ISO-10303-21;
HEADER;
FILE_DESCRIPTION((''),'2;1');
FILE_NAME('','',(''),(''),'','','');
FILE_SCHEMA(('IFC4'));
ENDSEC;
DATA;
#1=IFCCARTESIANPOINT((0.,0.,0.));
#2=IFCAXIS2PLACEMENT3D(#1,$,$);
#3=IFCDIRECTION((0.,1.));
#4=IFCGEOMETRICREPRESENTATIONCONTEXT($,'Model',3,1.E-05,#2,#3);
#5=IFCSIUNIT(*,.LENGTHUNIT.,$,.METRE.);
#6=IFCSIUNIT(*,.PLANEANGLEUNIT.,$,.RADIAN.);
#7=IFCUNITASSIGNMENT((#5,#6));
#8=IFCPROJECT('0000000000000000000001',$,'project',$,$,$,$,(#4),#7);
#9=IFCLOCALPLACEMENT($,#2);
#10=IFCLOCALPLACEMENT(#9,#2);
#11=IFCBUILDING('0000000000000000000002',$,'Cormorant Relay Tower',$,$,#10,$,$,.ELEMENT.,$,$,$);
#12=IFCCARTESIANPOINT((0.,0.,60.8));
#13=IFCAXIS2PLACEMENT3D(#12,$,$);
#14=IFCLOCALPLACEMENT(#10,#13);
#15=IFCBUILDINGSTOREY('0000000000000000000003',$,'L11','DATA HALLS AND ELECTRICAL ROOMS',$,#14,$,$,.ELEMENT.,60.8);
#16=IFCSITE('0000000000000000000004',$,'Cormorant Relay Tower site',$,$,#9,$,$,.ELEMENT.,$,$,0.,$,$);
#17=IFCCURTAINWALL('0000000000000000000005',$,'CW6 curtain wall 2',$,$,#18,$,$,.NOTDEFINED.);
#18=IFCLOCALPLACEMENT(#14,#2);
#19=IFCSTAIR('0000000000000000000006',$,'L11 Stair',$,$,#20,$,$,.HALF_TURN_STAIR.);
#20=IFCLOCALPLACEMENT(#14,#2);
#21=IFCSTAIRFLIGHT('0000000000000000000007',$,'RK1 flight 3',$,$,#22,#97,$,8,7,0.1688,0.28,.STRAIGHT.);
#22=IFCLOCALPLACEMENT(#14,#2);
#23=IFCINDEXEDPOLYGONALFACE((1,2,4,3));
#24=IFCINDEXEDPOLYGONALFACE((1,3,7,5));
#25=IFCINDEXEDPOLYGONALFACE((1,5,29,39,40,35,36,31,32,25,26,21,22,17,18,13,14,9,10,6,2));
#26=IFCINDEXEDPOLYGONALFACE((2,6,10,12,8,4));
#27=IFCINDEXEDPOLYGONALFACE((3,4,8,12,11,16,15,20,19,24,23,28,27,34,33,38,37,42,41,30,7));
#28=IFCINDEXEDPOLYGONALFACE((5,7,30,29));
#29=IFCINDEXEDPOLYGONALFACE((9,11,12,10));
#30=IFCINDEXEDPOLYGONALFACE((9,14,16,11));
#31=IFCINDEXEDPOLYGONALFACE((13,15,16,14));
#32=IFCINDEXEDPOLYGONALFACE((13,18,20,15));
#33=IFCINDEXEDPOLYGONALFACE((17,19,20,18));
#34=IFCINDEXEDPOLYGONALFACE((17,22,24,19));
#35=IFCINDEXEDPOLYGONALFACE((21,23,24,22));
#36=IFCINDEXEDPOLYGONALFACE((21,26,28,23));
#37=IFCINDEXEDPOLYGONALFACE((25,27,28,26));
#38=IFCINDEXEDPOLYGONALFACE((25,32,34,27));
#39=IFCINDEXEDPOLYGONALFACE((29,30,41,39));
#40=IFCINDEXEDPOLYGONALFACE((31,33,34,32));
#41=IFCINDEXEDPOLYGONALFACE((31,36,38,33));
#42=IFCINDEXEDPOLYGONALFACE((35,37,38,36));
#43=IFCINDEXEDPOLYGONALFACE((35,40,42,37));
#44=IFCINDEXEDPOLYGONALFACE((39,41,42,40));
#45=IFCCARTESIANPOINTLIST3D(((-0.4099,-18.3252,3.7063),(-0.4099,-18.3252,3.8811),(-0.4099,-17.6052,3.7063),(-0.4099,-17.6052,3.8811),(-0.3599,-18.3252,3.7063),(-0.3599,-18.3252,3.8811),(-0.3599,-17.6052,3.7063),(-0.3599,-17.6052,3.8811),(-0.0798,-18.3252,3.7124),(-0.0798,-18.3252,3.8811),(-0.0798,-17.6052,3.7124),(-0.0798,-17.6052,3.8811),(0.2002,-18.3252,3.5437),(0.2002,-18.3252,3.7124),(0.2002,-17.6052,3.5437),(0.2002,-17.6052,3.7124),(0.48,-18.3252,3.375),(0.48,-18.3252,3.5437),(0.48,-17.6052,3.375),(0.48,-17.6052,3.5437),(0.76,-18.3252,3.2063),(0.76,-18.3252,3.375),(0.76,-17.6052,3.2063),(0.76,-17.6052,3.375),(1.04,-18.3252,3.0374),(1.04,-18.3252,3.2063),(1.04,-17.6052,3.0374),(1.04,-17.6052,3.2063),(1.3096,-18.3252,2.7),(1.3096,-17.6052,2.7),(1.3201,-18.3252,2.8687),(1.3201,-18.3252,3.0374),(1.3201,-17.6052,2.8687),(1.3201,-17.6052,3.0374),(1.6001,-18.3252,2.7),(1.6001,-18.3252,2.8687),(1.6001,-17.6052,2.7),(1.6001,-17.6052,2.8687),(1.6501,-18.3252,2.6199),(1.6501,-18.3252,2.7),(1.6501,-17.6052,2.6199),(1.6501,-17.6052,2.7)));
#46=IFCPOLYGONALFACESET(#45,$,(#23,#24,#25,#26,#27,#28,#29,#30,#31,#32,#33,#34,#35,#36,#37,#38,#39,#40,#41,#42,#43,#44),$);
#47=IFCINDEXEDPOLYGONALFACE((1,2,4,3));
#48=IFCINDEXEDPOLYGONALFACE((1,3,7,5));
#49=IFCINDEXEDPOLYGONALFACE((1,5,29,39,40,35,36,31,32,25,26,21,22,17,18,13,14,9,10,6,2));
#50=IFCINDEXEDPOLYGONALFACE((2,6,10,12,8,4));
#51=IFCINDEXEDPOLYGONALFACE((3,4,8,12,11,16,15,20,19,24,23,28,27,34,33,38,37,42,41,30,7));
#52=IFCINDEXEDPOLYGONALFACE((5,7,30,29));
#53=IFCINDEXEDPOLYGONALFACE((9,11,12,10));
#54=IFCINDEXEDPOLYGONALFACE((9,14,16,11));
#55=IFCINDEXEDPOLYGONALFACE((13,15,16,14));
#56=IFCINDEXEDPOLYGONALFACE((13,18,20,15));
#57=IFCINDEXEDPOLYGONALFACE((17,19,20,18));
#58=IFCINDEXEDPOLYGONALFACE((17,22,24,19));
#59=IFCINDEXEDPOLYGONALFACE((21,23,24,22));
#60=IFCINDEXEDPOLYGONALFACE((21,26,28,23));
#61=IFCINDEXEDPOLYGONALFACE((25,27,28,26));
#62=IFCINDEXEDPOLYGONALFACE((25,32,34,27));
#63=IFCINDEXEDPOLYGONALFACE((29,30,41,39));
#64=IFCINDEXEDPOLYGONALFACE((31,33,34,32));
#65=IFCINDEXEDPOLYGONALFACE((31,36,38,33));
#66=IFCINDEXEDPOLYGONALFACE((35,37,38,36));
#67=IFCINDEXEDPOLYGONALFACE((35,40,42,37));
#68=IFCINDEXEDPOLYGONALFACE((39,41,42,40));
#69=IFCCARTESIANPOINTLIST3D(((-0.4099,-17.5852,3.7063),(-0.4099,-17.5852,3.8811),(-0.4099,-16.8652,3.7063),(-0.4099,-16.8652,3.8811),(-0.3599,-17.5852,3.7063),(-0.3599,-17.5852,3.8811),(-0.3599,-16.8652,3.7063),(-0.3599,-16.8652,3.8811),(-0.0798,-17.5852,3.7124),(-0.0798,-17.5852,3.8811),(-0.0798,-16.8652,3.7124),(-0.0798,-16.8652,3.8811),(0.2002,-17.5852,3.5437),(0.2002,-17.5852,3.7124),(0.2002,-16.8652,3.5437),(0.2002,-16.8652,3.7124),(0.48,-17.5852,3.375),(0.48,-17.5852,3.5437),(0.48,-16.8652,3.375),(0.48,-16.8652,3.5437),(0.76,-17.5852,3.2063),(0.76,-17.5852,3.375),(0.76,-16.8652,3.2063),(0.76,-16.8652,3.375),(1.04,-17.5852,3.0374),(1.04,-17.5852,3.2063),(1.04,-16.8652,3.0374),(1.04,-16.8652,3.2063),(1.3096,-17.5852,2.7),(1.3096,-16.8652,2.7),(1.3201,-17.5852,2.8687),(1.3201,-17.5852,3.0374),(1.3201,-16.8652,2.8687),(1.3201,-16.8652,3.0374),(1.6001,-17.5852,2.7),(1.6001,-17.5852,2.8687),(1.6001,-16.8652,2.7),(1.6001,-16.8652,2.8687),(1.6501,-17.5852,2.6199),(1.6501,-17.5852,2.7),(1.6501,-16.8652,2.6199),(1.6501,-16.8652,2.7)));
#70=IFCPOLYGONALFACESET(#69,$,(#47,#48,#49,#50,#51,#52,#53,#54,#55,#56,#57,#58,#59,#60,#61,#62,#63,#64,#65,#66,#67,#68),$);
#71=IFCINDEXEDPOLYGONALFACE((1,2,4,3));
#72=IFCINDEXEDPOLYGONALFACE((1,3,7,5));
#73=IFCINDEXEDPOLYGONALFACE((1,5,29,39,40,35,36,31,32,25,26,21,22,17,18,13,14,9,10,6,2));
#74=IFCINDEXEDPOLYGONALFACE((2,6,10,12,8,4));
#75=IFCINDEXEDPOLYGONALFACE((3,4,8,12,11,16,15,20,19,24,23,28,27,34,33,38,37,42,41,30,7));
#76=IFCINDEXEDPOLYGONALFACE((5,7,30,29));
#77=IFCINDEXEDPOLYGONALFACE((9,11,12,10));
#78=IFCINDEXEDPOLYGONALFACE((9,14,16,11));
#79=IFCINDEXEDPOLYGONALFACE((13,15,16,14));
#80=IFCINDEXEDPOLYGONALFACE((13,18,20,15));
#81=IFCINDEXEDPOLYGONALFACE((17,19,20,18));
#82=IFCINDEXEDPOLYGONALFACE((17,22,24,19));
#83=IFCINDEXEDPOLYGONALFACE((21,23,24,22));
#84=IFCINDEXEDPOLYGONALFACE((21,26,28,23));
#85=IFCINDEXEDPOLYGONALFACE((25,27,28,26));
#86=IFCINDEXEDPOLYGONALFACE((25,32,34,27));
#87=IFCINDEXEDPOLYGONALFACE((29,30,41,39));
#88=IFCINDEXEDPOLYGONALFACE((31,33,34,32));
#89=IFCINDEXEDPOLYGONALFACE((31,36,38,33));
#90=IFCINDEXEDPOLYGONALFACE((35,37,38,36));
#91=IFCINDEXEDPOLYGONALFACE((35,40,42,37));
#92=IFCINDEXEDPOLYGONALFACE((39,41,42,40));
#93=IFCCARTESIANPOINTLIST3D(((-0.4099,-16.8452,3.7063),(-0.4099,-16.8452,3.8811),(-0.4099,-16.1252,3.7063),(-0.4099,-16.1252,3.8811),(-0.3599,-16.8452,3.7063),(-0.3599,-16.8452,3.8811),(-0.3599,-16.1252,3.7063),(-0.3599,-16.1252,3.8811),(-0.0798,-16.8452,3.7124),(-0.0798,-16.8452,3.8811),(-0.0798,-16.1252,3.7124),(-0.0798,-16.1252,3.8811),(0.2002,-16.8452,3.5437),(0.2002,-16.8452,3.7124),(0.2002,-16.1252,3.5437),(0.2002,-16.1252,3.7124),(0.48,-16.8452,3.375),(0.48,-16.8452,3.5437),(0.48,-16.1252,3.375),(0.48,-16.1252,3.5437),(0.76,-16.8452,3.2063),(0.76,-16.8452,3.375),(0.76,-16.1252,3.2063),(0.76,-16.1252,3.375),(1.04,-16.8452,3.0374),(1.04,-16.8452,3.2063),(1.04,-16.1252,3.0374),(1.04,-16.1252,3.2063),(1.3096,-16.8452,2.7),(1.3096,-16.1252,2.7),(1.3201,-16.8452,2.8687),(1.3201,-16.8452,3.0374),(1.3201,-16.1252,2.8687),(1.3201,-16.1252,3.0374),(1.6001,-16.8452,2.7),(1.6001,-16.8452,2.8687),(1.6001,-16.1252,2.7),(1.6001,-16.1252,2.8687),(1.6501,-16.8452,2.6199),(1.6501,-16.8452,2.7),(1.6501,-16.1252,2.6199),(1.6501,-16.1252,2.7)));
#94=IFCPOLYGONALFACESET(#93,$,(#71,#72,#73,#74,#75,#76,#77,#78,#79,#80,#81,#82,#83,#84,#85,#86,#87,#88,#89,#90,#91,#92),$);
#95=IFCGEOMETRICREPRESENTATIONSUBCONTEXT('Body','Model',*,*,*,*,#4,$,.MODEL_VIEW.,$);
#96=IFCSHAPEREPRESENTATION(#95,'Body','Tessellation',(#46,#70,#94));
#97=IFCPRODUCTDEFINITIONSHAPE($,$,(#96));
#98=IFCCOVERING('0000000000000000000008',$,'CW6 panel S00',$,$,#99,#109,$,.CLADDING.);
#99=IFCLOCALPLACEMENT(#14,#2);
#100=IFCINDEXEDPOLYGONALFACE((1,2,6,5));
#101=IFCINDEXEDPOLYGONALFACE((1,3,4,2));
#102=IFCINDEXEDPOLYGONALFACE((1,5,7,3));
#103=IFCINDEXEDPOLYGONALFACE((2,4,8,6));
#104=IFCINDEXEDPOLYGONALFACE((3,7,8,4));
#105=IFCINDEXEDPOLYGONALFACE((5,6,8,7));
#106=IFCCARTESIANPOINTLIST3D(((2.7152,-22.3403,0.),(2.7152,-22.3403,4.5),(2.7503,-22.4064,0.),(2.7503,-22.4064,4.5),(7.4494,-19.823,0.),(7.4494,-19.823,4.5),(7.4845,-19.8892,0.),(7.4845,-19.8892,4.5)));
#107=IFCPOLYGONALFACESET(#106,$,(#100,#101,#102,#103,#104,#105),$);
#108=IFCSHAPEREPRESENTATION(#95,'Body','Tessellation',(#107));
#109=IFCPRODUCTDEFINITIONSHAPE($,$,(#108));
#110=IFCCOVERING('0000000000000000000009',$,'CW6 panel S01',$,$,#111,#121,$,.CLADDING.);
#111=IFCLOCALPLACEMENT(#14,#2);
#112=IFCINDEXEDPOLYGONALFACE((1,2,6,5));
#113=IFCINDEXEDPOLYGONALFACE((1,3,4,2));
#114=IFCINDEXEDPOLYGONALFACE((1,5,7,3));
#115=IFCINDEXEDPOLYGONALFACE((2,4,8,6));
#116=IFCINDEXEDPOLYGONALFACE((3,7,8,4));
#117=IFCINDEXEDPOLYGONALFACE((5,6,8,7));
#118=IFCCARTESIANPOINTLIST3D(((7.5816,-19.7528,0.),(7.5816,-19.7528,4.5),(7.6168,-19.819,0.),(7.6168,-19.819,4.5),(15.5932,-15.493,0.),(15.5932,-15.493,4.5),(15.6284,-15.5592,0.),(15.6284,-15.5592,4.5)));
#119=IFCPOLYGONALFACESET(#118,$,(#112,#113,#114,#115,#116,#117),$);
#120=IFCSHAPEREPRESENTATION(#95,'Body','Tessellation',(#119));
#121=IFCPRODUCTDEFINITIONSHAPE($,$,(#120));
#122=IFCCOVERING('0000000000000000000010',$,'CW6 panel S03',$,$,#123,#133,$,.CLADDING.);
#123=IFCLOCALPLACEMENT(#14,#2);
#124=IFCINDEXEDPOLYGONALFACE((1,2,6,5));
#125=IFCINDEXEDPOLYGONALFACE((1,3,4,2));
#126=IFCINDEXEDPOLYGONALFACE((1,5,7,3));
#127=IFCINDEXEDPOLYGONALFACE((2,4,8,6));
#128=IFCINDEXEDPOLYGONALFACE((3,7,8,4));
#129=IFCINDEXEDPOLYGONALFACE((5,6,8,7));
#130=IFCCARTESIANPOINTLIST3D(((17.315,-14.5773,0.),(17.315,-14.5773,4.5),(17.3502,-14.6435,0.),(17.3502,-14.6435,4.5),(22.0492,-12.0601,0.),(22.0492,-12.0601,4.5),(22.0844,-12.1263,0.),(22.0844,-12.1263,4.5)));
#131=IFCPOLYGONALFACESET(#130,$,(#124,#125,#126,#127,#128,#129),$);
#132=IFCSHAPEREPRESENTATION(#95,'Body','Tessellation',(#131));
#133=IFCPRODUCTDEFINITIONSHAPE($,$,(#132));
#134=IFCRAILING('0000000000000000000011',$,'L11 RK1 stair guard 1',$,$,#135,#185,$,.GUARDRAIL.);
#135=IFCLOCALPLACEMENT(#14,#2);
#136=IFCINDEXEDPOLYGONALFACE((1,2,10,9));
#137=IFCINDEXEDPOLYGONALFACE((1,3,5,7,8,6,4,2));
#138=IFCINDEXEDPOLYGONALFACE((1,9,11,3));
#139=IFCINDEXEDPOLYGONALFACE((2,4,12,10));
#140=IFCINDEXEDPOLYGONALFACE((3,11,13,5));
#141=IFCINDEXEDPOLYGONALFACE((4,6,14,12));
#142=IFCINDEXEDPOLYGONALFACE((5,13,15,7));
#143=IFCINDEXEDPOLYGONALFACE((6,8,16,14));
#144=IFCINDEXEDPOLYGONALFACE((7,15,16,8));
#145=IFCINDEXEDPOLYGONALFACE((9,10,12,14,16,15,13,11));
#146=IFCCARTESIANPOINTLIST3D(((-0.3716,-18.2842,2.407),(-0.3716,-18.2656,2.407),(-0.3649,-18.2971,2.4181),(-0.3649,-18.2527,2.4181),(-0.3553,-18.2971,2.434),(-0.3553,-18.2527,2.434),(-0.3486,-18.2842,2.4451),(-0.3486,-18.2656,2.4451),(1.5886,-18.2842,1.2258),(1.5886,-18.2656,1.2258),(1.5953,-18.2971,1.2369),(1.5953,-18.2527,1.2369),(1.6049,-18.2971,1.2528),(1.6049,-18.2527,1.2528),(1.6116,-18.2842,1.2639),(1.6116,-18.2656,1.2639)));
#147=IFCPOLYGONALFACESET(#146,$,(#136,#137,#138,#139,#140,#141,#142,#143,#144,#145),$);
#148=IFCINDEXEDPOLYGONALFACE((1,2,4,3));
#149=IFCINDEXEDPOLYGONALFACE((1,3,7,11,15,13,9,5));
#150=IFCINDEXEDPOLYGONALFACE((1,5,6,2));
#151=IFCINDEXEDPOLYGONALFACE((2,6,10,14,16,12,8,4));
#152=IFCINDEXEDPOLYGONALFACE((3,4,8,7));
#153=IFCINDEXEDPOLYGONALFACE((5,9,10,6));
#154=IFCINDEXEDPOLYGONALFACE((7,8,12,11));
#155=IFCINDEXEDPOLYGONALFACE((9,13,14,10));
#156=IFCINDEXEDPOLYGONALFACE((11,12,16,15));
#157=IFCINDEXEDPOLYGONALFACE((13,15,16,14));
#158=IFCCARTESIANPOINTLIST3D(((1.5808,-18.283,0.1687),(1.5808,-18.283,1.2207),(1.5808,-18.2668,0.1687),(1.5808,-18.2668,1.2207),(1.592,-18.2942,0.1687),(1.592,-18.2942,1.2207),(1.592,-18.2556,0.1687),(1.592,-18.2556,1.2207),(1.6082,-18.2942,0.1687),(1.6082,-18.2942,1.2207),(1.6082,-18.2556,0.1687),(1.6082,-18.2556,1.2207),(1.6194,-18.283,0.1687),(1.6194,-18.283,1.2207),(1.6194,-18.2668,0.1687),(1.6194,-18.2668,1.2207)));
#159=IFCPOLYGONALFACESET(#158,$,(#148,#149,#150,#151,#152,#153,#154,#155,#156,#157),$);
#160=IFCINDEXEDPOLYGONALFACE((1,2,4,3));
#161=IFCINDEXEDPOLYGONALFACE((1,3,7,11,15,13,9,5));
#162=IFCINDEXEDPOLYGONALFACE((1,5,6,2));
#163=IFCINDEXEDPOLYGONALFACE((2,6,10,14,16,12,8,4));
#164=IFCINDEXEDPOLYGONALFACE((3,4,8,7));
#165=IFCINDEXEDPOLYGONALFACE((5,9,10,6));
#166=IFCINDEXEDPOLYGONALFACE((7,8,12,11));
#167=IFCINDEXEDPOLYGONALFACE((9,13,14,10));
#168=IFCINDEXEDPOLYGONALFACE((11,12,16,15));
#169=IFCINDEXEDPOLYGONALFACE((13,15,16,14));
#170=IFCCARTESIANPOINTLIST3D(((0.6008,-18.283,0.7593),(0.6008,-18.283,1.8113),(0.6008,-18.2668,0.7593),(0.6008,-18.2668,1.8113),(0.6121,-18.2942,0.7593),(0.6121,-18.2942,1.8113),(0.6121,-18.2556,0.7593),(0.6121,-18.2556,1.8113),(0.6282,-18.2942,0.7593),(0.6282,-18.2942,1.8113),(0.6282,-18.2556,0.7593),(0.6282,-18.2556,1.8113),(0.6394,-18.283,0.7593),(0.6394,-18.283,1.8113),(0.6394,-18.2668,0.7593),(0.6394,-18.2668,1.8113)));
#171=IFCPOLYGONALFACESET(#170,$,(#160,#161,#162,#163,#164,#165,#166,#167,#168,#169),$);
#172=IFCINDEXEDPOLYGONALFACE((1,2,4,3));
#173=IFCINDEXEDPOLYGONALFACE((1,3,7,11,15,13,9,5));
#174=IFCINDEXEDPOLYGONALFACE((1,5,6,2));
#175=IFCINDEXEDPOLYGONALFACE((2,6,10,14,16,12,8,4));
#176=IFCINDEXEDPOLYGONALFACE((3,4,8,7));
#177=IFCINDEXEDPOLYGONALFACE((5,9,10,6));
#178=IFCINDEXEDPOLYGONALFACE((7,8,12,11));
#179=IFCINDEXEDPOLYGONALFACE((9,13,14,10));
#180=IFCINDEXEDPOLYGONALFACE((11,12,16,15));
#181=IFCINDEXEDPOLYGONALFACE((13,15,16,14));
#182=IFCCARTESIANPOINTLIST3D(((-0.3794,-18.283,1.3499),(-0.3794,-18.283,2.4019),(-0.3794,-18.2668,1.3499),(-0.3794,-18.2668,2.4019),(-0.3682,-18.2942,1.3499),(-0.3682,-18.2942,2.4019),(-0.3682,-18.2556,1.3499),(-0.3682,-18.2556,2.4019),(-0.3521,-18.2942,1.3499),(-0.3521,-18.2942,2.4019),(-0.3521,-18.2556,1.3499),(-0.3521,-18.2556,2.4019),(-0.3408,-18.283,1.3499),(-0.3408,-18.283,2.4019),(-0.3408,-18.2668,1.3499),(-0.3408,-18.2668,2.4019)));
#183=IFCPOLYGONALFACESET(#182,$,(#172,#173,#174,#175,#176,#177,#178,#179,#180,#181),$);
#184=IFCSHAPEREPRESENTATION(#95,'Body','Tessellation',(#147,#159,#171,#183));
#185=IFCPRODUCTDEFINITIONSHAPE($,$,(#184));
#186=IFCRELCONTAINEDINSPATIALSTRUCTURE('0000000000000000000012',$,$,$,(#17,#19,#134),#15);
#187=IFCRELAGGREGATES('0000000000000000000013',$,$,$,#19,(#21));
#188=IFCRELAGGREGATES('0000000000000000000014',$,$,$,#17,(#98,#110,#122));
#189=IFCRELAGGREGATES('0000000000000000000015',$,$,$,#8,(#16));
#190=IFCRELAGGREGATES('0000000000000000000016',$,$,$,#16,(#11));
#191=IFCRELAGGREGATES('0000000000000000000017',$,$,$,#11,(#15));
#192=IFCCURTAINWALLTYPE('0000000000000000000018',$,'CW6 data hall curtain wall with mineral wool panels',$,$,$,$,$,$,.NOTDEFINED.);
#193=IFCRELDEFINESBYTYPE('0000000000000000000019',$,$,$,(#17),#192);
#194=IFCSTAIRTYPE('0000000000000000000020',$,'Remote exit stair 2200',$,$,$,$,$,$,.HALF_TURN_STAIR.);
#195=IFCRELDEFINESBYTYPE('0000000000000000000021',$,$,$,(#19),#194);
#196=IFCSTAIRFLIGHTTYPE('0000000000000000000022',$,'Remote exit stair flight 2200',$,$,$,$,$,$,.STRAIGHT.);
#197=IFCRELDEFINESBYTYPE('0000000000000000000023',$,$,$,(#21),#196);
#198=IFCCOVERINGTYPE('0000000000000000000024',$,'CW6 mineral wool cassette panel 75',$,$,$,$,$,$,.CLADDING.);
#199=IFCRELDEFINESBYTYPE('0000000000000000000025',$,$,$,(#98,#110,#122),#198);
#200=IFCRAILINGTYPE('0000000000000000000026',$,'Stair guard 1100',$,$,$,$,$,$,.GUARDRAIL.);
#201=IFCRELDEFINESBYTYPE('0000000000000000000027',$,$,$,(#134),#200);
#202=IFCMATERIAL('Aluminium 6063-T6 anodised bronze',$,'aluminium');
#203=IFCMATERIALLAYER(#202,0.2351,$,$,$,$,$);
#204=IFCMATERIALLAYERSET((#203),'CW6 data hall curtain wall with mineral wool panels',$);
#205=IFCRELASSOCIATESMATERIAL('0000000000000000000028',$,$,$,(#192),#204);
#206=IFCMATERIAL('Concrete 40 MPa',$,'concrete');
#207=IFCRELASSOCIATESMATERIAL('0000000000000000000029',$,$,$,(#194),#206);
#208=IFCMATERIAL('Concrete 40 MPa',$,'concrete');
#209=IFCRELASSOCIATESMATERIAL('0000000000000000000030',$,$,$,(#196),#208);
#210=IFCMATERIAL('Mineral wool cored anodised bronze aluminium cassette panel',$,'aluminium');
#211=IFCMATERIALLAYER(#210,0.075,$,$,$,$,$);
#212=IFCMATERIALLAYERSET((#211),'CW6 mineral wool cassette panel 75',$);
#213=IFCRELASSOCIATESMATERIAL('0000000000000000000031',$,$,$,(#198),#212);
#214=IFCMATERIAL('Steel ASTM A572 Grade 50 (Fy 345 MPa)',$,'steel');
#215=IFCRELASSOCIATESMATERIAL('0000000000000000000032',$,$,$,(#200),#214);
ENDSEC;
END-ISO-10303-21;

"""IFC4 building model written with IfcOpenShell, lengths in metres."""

from ifc_helpers import new_model, si_unit, direction, frame, origin, origin_2d, place, context, subcontext, project, spatial, polyline, rectangle, outline, extrude, material, layer, layer_set, type_object, element, aggregate, save


model = new_model("IFC4")

# Units and contexts
model_context = context("Model", 3, precision=1e-05, world=origin(), true_north=direction((0.0, 1.0)))
body_context = subcontext(model_context, "Body", "Model", "MODEL_VIEW")
ifc_project = project(units=[si_unit("LENGTHUNIT", "METRE"), si_unit("PLANEANGLEUNIT", "RADIAN")], contexts=[model_context])

# Site, building, storey
site_placement = place(None, origin())
site = spatial("IfcSite", under=ifc_project, at=site_placement, Name="Cormorant Relay Tower site", CompositionType="ELEMENT", RefElevation=0.0)
building_placement = place(site_placement, origin())
building = spatial("IfcBuilding", under=site, at=building_placement, Name="Cormorant Relay Tower", CompositionType="ELEMENT")
storey_placement = place(building_placement, frame((0.0, 0.0, 60.8)))
storey = spatial("IfcBuildingStorey", under=building, at=storey_placement, Name="L11", Description="DATA HALLS AND ELECTRICAL ROOMS", CompositionType="ELEMENT", Elevation=60.8)

# Curtain wall
ifc_material_1 = material(Name="Aluminium 6063-T6 anodised bronze", Category="aluminium")
ifc_layer_1 = layer(ifc_material_1, 0.2351)
ifc_layer_set_1 = layer_set([ifc_layer_1], Name="CW6 data hall curtain wall with mineral wool panels")
curtain_wall_type = type_object("IfcCurtainWallType", Name="CW6 data hall curtain wall with mineral wool panels", PredefinedType="NOTDEFINED", material=ifc_layer_set_1)
curtain_wall_1_placement = place(storey_placement, origin())
curtain_wall_1 = element("IfcCurtainWall", 1, at=curtain_wall_1_placement, inside=storey, type_object=curtain_wall_type, Name="CW6 curtain wall 2", PredefinedType="NOTDEFINED")

# Stair, stair flight
ifc_material_2 = material(Name="Concrete 40 MPa", Category="concrete")
stair_type = type_object("IfcStairType", Name="Remote exit stair 2200", PredefinedType="HALF_TURN_STAIR", material=ifc_material_2)
stair_placement = place(storey_placement, origin())
stair = element("IfcStair", 2, at=stair_placement, inside=storey, type_object=stair_type, Name="L11 Stair", PredefinedType="HALF_TURN_STAIR")
ifc_material_3 = material(Name="Concrete 40 MPa", Category="concrete")
stair_flight_type = type_object("IfcStairFlightType", Name="Remote exit stair flight 2200", PredefinedType="STRAIGHT", material=ifc_material_3)
stair_flight_1_placement = place(storey_placement, frame((1.6001, -17.2251, 2.7), z_axis=(0.0, 0.0, 1.0), x_axis=(-1.0, 0.0, 0.0)))
stair_flight_1 = element("IfcStairFlight", 3, at=stair_flight_1_placement, type_object=stair_flight_type, Name="RK1 flight 3", NumberOfRisers=8, NumberOfTreads=7, PredefinedType="STRAIGHT", RiserHeight=0.1688, TreadLength=0.28, context=body_context, shape_type="SweptSolid", body=[
    extrude(outline(polyline([(-0.05, -0.0801), (-0.05, 0.0), (0.0, 0.0), (0.0, 0.1687), (0.28, 0.1687), (0.28, 0.3374), (0.5601, 0.3374), (0.5601, 0.5063), (0.8401, 0.5063), (0.8401, 0.675), (1.1201, 0.675), (1.1201, 0.8438), (1.3999, 0.8438), (1.3999, 1.0125), (1.6799, 1.0125), (1.6799, 1.1812), (1.96, 1.1812), (2.01, 1.1812), (2.01, 1.0063), (1.96, 1.0063), (0.2905, 0.0), (-0.05, -0.0801)])), frame((0.0, 1.1001, 0.0), z_axis=(0.0, -1.0, 0.0), x_axis=(1.0, 0.0, 0.0)), (0.0, 0.0, 1.0), 0.72),
    extrude(outline(polyline([(-0.05, -0.0801), (-0.05, 0.0), (0.0, 0.0), (0.0, 0.1687), (0.28, 0.1687), (0.28, 0.3374), (0.5601, 0.3374), (0.5601, 0.5063), (0.8401, 0.5063), (0.8401, 0.675), (1.1201, 0.675), (1.1201, 0.8438), (1.3999, 0.8438), (1.3999, 1.0125), (1.6799, 1.0125), (1.6799, 1.1812), (1.96, 1.1812), (2.01, 1.1812), (2.01, 1.0063), (1.96, 1.0063), (0.2905, 0.0), (-0.05, -0.0801)])), frame((0.0, 0.3601, 0.0), z_axis=(0.0, -1.0, 0.0), x_axis=(1.0, 0.0, 0.0)), (0.0, 0.0, 1.0), 0.72),
    extrude(outline(polyline([(-0.05, -0.0801), (-0.05, 0.0), (0.0, 0.0), (0.0, 0.1687), (0.28, 0.1687), (0.28, 0.3374), (0.5601, 0.3374), (0.5601, 0.5063), (0.8401, 0.5063), (0.8401, 0.675), (1.1201, 0.675), (1.1201, 0.8438), (1.3999, 0.8438), (1.3999, 1.0125), (1.6799, 1.0125), (1.6799, 1.1812), (1.96, 1.1812), (2.01, 1.1812), (2.01, 1.0063), (1.96, 1.0063), (0.2905, 0.0), (-0.05, -0.0801)])), frame((0.0, -0.3799, 0.0), z_axis=(0.0, -1.0, 0.0), x_axis=(1.0, 0.0, 0.0)), (0.0, 0.0, 1.0), 0.72),
])
aggregate(stair, [stair_flight_1])

# Coverings
ifc_material_4 = material(Name="Mineral wool cored anodised bronze aluminium cassette panel", Category="aluminium")
ifc_layer_2 = layer(ifc_material_4, 0.075)
ifc_layer_set_2 = layer_set([ifc_layer_2], Name="CW6 mineral wool cassette panel 75")
covering_type = type_object("IfcCoveringType", Name="CW6 mineral wool cassette panel 75", PredefinedType="CLADDING", material=ifc_layer_set_2)
covering_1_placement = place(storey_placement, frame((5.0999, -21.1147, 0.0), z_axis=(0.0, 0.0, 1.0), x_axis=(0.882948, 0.469472, 0.0)))
covering_1 = element("IfcCovering", 4, at=covering_1_placement, type_object=covering_type, Name="CW6 panel S00", PredefinedType="CLADDING", context=body_context, shape_type="SweptSolid", body=[
    extrude(rectangle(XDim=5.3618, YDim=0.075, at=origin_2d()), origin(), (0.0, 0.0, 1.0), 4.5),
])
covering_2_placement = place(storey_placement, frame((11.605, -17.656, 0.0), z_axis=(0.0, 0.0, 1.0), x_axis=(0.882948, 0.469472, 0.0)))
covering_2 = element("IfcCovering", 5, at=covering_2_placement, type_object=covering_type, Name="CW6 panel S01", PredefinedType="CLADDING", context=body_context, shape_type="SweptSolid", body=[
    extrude(rectangle(XDim=9.0737, YDim=0.075, at=origin_2d()), origin(), (0.0, 0.0, 1.0), 4.5),
])
covering_3_placement = place(storey_placement, frame((19.6997, -13.3518, 0.0), z_axis=(0.0, 0.0, 1.0), x_axis=(0.882948, 0.469472, 0.0)))
covering_3 = element("IfcCovering", 6, at=covering_3_placement, type_object=covering_type, Name="CW6 panel S03", PredefinedType="CLADDING", context=body_context, shape_type="SweptSolid", body=[
    extrude(rectangle(XDim=5.3618, YDim=0.075, at=origin_2d()), origin(), (0.0, 0.0, 1.0), 4.5),
])
aggregate(curtain_wall_1, [covering_1, covering_2, covering_3])

# Railing
ifc_material_5 = material(Name="Steel ASTM A572 Grade 50 (Fy 345 MPa)", Category="steel")
railing_type_1 = type_object("IfcRailingType", Name="Stair guard 1100", PredefinedType="GUARDRAIL", material=ifc_material_5)
railing_1_placement = place(storey_placement, frame((1.6001, -18.2749, 0.1687)))
element("IfcRailing", 7, at=railing_1_placement, inside=storey, type_object=railing_type_1, Name="L11 RK1 stair guard 1", PredefinedType="GUARDRAIL", context=body_context, shape_type="SweptSolid", body=[
    extrude(outline(polyline([(0.0222, 0.0093), (0.0093, 0.0222), (-0.0093, 0.0222), (-0.0222, 0.0093), (-0.0222, -0.0093), (-0.0093, -0.0222), (0.0093, -0.0222), (0.0222, -0.0093), (0.0222, 0.0093)])), frame((0.0, 0.0, 1.0762), z_axis=(-0.856522, 0.0, 0.516111), x_axis=(0.0, -1.0, 0.0)), (0.0, 0.0, 1.0), 2.2886),
    extrude(outline(polyline([(0.0193, 0.0081), (0.0081, 0.0193), (-0.0081, 0.0193), (-0.0193, 0.0081), (-0.0193, -0.0081), (-0.0081, -0.0193), (0.0081, -0.0193), (0.0193, -0.0081), (0.0193, 0.0081)])), origin(), (0.0, 0.0, 1.0), 1.052),
    extrude(outline(polyline([(0.0193, 0.0081), (0.0081, 0.0193), (-0.0081, 0.0193), (-0.0193, 0.0081), (-0.0193, -0.0081), (-0.0081, -0.0193), (0.0081, -0.0193), (0.0193, -0.0081), (0.0193, 0.0081)])), frame((-0.98, 0.0, 0.5906)), (0.0, 0.0, 1.0), 1.052),
    extrude(outline(polyline([(0.0193, 0.0081), (0.0081, 0.0193), (-0.0081, 0.0193), (-0.0193, 0.0081), (-0.0193, -0.0081), (-0.0081, -0.0193), (0.0081, -0.0193), (0.0193, -0.0081), (0.0193, 0.0081)])), frame((-1.9602, 0.0, 1.1812)), (0.0, 0.0, 1.0), 1.052),
])

save(model, "model.ifc")
